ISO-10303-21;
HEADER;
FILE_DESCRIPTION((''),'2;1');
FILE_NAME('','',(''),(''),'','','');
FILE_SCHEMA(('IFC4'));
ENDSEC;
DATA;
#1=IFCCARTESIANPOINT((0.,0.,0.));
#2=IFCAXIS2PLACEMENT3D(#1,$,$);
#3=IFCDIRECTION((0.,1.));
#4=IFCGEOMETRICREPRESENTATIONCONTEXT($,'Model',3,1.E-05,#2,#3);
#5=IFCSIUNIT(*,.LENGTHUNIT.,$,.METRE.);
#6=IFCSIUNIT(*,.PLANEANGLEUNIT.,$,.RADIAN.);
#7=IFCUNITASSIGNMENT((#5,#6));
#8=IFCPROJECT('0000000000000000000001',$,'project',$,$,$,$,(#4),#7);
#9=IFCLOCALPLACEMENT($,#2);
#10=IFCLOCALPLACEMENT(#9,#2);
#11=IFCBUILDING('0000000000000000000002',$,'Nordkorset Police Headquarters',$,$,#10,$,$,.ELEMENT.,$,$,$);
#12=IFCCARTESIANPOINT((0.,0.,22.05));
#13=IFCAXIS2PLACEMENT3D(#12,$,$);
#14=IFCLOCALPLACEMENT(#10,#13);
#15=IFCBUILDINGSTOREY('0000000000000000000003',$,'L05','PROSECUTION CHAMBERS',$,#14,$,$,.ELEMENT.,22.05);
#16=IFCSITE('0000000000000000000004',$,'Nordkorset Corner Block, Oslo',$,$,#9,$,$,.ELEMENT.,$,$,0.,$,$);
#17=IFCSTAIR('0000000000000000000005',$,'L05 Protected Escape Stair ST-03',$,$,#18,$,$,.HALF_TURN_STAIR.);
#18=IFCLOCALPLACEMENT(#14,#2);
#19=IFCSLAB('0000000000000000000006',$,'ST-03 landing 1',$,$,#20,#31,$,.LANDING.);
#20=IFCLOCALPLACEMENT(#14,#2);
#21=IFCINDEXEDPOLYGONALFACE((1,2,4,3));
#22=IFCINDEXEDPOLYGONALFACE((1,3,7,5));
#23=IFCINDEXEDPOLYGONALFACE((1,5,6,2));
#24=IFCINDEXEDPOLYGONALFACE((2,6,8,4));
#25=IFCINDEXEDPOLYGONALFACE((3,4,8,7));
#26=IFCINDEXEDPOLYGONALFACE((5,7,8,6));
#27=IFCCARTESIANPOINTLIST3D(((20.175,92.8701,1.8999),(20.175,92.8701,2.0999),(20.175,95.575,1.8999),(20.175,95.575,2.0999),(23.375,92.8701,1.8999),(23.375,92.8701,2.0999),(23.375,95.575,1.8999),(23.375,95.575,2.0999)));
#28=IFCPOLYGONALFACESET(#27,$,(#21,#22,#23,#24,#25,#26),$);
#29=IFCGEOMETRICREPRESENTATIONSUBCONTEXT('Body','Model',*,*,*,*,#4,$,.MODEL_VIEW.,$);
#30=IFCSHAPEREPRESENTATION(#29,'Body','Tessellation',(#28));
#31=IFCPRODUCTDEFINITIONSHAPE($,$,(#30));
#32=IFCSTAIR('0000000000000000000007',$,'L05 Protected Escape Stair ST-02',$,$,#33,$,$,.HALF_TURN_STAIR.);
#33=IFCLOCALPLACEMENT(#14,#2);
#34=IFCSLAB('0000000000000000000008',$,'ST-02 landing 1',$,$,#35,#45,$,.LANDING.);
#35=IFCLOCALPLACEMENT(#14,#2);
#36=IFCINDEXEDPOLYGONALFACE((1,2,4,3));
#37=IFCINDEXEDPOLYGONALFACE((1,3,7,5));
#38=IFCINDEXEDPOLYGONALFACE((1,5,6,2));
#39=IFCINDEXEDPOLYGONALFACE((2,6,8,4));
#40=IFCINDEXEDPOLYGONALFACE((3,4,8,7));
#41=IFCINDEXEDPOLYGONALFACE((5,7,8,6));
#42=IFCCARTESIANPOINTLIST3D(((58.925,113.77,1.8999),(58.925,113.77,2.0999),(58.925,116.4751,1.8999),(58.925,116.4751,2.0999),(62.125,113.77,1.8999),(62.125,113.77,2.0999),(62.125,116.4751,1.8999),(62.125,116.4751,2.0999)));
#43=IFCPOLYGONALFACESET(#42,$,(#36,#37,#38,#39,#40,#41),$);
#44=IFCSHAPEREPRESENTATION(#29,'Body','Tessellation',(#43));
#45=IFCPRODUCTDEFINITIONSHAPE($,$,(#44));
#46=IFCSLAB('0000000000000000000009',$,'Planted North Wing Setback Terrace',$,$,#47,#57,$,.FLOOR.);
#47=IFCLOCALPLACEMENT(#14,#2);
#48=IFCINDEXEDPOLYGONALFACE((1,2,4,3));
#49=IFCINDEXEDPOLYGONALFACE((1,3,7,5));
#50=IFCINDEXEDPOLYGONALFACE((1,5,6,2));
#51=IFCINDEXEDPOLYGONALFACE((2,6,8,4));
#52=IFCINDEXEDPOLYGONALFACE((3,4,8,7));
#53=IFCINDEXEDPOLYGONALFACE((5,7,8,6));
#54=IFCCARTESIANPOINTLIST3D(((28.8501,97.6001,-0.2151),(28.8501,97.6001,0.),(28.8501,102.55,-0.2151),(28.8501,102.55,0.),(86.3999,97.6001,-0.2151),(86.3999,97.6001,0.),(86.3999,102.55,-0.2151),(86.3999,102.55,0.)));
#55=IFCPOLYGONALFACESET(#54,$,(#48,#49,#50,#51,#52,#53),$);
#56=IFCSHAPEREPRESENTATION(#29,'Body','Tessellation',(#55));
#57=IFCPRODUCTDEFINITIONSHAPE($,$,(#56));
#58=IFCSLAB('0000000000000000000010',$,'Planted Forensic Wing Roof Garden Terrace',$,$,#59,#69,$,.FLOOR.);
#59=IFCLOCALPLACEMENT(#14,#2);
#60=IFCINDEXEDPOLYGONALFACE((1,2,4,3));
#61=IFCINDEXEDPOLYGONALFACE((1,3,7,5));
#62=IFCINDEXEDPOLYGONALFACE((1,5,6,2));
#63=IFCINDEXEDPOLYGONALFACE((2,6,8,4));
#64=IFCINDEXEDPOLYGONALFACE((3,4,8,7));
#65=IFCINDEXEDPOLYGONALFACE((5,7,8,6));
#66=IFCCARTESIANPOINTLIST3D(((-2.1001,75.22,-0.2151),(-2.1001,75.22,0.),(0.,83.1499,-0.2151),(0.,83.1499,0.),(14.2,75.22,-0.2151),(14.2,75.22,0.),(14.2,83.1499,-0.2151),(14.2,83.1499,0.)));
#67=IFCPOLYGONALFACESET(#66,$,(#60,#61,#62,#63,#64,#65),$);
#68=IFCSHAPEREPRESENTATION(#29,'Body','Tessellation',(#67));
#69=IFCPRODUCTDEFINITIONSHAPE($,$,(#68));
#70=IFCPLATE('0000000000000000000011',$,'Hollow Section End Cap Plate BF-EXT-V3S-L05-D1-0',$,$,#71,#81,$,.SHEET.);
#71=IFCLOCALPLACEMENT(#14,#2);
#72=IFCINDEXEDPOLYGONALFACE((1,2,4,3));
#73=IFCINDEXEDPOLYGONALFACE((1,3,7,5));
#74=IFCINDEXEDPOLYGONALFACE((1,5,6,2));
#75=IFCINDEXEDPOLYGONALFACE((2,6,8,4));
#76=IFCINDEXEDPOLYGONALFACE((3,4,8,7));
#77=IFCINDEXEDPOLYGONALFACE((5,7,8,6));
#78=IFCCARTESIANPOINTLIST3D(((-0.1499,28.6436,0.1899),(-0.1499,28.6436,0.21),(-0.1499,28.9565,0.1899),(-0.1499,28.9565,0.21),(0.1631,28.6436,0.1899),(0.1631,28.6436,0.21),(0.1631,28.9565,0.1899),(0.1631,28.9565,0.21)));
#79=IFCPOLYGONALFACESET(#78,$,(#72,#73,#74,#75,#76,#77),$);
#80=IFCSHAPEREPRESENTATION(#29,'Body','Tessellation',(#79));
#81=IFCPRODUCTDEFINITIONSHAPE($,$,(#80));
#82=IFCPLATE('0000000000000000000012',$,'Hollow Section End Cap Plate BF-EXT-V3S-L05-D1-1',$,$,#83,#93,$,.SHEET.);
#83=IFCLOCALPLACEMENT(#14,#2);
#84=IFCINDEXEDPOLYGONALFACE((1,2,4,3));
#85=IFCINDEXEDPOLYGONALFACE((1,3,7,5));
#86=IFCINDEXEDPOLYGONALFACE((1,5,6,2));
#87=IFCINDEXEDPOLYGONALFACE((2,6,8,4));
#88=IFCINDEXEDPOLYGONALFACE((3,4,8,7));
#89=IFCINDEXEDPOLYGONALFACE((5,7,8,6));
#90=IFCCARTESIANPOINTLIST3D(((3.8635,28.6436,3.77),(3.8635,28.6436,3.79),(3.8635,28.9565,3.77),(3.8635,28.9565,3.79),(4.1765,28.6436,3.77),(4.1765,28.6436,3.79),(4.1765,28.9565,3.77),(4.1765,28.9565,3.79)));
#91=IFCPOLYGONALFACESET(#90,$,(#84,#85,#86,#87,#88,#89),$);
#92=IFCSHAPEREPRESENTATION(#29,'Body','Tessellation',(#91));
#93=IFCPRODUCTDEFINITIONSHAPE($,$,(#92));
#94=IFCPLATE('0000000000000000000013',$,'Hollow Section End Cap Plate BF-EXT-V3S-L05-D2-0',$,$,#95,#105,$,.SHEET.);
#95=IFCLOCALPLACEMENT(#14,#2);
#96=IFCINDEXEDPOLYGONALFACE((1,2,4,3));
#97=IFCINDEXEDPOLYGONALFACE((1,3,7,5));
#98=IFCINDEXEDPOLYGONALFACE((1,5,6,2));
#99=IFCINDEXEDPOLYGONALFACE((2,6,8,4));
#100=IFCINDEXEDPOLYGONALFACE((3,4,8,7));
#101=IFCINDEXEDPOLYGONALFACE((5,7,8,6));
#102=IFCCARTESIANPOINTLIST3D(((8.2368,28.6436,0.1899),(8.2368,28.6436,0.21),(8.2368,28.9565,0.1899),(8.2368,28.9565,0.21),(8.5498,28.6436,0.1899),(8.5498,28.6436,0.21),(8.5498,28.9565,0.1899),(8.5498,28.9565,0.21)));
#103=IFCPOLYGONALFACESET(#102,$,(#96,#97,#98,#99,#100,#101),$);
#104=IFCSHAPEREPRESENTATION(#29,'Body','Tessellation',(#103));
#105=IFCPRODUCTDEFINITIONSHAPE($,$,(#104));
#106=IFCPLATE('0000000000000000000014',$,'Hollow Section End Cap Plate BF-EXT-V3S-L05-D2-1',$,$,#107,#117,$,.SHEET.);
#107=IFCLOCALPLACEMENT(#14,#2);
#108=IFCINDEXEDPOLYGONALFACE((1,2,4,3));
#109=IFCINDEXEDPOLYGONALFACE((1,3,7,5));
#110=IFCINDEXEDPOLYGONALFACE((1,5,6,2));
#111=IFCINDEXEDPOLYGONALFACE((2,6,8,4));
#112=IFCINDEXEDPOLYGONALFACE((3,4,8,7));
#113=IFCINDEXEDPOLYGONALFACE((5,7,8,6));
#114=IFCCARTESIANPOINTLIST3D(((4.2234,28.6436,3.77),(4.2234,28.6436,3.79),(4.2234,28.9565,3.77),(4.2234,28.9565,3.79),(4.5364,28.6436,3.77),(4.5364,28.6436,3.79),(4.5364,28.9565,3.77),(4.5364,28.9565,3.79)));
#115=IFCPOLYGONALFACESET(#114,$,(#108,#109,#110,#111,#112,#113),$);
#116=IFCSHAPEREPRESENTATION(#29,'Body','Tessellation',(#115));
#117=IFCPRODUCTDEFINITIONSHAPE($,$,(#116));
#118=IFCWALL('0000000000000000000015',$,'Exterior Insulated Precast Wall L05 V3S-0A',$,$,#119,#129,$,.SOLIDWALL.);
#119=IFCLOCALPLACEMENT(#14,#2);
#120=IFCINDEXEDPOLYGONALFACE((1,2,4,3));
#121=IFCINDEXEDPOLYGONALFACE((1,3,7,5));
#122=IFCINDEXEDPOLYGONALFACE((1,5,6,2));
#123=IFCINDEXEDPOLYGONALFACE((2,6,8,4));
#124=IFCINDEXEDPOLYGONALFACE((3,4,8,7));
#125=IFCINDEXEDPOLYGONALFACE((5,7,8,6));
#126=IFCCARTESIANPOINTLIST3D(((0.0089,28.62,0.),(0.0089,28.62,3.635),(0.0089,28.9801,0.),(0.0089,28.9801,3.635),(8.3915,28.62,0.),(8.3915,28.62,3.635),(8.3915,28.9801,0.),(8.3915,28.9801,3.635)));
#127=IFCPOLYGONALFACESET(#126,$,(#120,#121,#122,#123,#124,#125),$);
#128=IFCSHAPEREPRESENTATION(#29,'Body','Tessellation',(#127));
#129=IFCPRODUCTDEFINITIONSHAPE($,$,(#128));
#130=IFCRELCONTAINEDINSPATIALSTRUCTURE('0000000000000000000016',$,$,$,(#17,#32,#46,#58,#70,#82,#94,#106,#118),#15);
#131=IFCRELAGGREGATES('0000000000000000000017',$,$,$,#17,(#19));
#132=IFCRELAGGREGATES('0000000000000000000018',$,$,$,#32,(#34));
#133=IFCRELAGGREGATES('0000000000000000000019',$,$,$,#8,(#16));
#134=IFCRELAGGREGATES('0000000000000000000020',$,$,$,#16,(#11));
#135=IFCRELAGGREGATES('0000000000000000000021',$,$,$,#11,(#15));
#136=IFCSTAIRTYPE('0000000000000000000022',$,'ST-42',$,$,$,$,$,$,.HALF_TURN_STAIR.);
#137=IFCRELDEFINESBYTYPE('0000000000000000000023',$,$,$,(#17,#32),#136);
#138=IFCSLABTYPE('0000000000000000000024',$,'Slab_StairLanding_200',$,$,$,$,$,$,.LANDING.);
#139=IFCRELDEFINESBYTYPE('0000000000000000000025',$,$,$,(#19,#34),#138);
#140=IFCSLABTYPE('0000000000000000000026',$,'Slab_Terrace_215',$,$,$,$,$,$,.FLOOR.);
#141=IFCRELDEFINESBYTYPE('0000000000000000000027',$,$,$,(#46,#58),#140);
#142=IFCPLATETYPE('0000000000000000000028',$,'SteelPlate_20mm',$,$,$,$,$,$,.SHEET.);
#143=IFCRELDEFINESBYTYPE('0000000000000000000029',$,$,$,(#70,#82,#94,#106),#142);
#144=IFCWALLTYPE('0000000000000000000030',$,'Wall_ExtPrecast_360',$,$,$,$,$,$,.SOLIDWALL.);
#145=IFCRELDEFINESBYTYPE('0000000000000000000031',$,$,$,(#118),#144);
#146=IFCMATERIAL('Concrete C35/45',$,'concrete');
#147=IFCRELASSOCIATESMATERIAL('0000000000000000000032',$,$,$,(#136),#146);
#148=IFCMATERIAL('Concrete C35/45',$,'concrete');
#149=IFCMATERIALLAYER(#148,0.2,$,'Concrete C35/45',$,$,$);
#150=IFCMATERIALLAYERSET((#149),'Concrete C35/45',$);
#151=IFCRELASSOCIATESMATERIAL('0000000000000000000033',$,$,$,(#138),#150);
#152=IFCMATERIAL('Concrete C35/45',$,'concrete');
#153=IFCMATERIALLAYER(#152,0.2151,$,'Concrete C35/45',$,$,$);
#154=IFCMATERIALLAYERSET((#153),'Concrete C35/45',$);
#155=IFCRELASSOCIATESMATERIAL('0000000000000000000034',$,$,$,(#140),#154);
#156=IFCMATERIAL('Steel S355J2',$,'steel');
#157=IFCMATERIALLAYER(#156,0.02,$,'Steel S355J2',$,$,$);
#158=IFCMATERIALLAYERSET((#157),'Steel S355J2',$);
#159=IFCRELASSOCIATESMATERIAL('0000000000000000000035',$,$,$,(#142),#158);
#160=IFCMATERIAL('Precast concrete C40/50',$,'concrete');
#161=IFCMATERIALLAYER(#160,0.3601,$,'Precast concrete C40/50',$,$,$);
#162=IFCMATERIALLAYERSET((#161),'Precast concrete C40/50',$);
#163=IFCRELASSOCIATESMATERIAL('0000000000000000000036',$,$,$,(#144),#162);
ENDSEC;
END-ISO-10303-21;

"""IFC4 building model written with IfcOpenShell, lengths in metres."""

from ifc_helpers import new_model, si_unit, direction, frame, frame_2d, origin, origin_2d, place, context, subcontext, project, spatial, polyline, rectangle, outline, extrude, material, layer, layer_set, type_object, element, aggregate, save


model = new_model("IFC4")

# Units and contexts
model_context = context("Model", 3, precision=1e-05, world=origin(), true_north=direction((0.0, 1.0)))
body_context = subcontext(model_context, "Body", "Model", "MODEL_VIEW")
ifc_project = project(units=[si_unit("LENGTHUNIT", "METRE"), si_unit("PLANEANGLEUNIT", "RADIAN")], contexts=[model_context])

# Site, building, storey
site_placement = place(None, origin())
site = spatial("IfcSite", under=ifc_project, at=site_placement, Name="Nordkorset Corner Block, Oslo", CompositionType="ELEMENT", RefElevation=0.0)
building_placement = place(site_placement, origin())
building = spatial("IfcBuilding", under=site, at=building_placement, Name="Nordkorset Police Headquarters", CompositionType="ELEMENT")
storey_placement = place(building_placement, frame((0.0, 0.0, 22.05)))
storey = spatial("IfcBuildingStorey", under=building, at=storey_placement, Name="L05", Description="PROSECUTION CHAMBERS", CompositionType="ELEMENT", Elevation=22.05)

# Stairs, slabs
ifc_material_1 = material(Name="Concrete C35/45", Category="concrete")
stair_type = type_object("IfcStairType", Name="ST-42", PredefinedType="HALF_TURN_STAIR", material=ifc_material_1)
ifc_material_2 = material(Name="Concrete C35/45", Category="concrete")
ifc_layer_1 = layer(ifc_material_2, 0.2, Name="Concrete C35/45")
ifc_layer_set_1 = layer_set([ifc_layer_1], Name="Concrete C35/45")
slab_type_1 = type_object("IfcSlabType", Name="Slab_StairLanding_200", PredefinedType="LANDING", material=ifc_layer_set_1)
stair_1_placement = place(storey_placement, origin())
stair_1 = element("IfcStair", 1, at=stair_1_placement, inside=storey, type_object=stair_type, Name="L05 Protected Escape Stair ST-03", PredefinedType="HALF_TURN_STAIR")
slab_1_placement = place(storey_placement, frame((0.0, 0.0, 1.8999)))
slab_1 = element("IfcSlab", 2, at=slab_1_placement, type_object=slab_type_1, Name="ST-03 landing 1", PredefinedType="LANDING", context=body_context, shape_type="SweptSolid", body=[
    extrude(outline(polyline([(23.375, 92.8701), (23.375, 95.575), (20.175, 95.575), (20.175, 92.8701), (23.375, 92.8701)])), origin(), (0.0, 0.0, 1.0), 0.2),
])
aggregate(stair_1, [slab_1])
stair_2_placement = place(storey_placement, origin())
stair_2 = element("IfcStair", 3, at=stair_2_placement, inside=storey, type_object=stair_type, Name="L05 Protected Escape Stair ST-02", PredefinedType="HALF_TURN_STAIR")
slab_2_placement = place(storey_placement, frame((0.0, 0.0, 1.8999)))
slab_2 = element("IfcSlab", 4, at=slab_2_placement, type_object=slab_type_1, Name="ST-02 landing 1", PredefinedType="LANDING", context=body_context, shape_type="SweptSolid", body=[
    extrude(outline(polyline([(62.125, 113.77), (62.125, 116.4751), (58.925, 116.4751), (58.925, 113.77), (62.125, 113.77)])), origin(), (0.0, 0.0, 1.0), 0.2),
])
aggregate(stair_2, [slab_2])

# Slabs
ifc_material_3 = material(Name="Concrete C35/45", Category="concrete")
ifc_layer_2 = layer(ifc_material_3, 0.2151, Name="Concrete C35/45")
ifc_layer_set_2 = layer_set([ifc_layer_2], Name="Concrete C35/45")
slab_type_2 = type_object("IfcSlabType", Name="Slab_Terrace_215", PredefinedType="FLOOR", material=ifc_layer_set_2)
slab_3_placement = place(storey_placement, frame((0.0, 0.0, -0.2151)))
element("IfcSlab", 5, at=slab_3_placement, inside=storey, type_object=slab_type_2, Name="Planted North Wing Setback Terrace", PredefinedType="FLOOR", context=body_context, shape_type="SweptSolid", body=[
    extrude(outline(polyline([(28.8501, 97.6001), (86.3999, 97.6001), (86.3999, 102.55), (28.8501, 102.55), (28.8501, 97.6001)])), origin(), (0.0, 0.0, 1.0), 0.2151),
])
slab_4_placement = place(storey_placement, frame((0.0, 0.0, -0.2151)))
element("IfcSlab", 6, at=slab_4_placement, inside=storey, type_object=slab_type_2, Name="Planted Forensic Wing Roof Garden Terrace", PredefinedType="FLOOR", context=body_context, shape_type="SweptSolid", body=[
    extrude(outline(polyline([(-2.1001, 75.22), (14.2, 75.22), (14.2, 83.1499), (0.0, 83.1499), (-2.1001, 75.22)])), origin(), (0.0, 0.0, 1.0), 0.2151),
])

# Plates
ifc_material_4 = material(Name="Steel S355J2", Category="steel")
ifc_layer_3 = layer(ifc_material_4, 0.02, Name="Steel S355J2")
ifc_layer_set_3 = layer_set([ifc_layer_3], Name="Steel S355J2")
plate_type = type_object("IfcPlateType", Name="SteelPlate_20mm", PredefinedType="SHEET", material=ifc_layer_set_3)
for number, where, z_axis, x_axis, name in (
    (7, (0.0066, 28.8, 0.1899), (0.0, 0.0, 1.0), (1.0, 0.0, 0.0), "Hollow Section End Cap Plate BF-EXT-V3S-L05-D1-0"),
    (8, (4.02, 28.8, 3.77), (0.0, 0.0, 1.0), (1.0, 0.0, 0.0), "Hollow Section End Cap Plate BF-EXT-V3S-L05-D1-1"),
    (9, (8.3933, 28.8, 0.1899), (0.0, 0.0, 1.0), (1.0, 0.0, 0.0), "Hollow Section End Cap Plate BF-EXT-V3S-L05-D2-0"),
    (10, (4.3799, 28.8, 3.77), (0.0, 0.0, 1.0), (1.0, 0.0, 0.0), "Hollow Section End Cap Plate BF-EXT-V3S-L05-D2-1"),
):
    element("IfcPlate", number, at=place(storey_placement, frame(where, z_axis=z_axis, x_axis=x_axis)), inside=storey, type_object=plate_type, Name=name, PredefinedType="SHEET", context=body_context, shape_type="SweptSolid", body=[
        extrude(rectangle(XDim=0.313, YDim=0.313, at=origin_2d()), origin(), (0.0, 0.0, 1.0), 0.02),
    ])

# Wall
ifc_material_5 = material(Name="Precast concrete C40/50", Category="concrete")
ifc_layer_4 = layer(ifc_material_5, 0.3601, Name="Precast concrete C40/50")
ifc_layer_set_4 = layer_set([ifc_layer_4], Name="Precast concrete C40/50")
wall_type = type_object("IfcWallType", Name="Wall_ExtPrecast_360", PredefinedType="SOLIDWALL", material=ifc_layer_set_4)
wall_placement = place(storey_placement, frame((0.0088, 28.8, 0.0), z_axis=(0.0, 0.0, 1.0), x_axis=(1.0, 0.0, 0.0)))
element("IfcWall", 11, at=wall_placement, inside=storey, type_object=wall_type, Name="Exterior Insulated Precast Wall L05 V3S-0A", PredefinedType="SOLIDWALL", context=body_context, shape_type="SweptSolid", body=[
    extrude(rectangle(XDim=8.3826, YDim=0.3601, at=frame_2d((4.1914, 0.0))), origin(), (0.0, 0.0, 1.0), 3.635),
])

save(model, "model.ifc")
